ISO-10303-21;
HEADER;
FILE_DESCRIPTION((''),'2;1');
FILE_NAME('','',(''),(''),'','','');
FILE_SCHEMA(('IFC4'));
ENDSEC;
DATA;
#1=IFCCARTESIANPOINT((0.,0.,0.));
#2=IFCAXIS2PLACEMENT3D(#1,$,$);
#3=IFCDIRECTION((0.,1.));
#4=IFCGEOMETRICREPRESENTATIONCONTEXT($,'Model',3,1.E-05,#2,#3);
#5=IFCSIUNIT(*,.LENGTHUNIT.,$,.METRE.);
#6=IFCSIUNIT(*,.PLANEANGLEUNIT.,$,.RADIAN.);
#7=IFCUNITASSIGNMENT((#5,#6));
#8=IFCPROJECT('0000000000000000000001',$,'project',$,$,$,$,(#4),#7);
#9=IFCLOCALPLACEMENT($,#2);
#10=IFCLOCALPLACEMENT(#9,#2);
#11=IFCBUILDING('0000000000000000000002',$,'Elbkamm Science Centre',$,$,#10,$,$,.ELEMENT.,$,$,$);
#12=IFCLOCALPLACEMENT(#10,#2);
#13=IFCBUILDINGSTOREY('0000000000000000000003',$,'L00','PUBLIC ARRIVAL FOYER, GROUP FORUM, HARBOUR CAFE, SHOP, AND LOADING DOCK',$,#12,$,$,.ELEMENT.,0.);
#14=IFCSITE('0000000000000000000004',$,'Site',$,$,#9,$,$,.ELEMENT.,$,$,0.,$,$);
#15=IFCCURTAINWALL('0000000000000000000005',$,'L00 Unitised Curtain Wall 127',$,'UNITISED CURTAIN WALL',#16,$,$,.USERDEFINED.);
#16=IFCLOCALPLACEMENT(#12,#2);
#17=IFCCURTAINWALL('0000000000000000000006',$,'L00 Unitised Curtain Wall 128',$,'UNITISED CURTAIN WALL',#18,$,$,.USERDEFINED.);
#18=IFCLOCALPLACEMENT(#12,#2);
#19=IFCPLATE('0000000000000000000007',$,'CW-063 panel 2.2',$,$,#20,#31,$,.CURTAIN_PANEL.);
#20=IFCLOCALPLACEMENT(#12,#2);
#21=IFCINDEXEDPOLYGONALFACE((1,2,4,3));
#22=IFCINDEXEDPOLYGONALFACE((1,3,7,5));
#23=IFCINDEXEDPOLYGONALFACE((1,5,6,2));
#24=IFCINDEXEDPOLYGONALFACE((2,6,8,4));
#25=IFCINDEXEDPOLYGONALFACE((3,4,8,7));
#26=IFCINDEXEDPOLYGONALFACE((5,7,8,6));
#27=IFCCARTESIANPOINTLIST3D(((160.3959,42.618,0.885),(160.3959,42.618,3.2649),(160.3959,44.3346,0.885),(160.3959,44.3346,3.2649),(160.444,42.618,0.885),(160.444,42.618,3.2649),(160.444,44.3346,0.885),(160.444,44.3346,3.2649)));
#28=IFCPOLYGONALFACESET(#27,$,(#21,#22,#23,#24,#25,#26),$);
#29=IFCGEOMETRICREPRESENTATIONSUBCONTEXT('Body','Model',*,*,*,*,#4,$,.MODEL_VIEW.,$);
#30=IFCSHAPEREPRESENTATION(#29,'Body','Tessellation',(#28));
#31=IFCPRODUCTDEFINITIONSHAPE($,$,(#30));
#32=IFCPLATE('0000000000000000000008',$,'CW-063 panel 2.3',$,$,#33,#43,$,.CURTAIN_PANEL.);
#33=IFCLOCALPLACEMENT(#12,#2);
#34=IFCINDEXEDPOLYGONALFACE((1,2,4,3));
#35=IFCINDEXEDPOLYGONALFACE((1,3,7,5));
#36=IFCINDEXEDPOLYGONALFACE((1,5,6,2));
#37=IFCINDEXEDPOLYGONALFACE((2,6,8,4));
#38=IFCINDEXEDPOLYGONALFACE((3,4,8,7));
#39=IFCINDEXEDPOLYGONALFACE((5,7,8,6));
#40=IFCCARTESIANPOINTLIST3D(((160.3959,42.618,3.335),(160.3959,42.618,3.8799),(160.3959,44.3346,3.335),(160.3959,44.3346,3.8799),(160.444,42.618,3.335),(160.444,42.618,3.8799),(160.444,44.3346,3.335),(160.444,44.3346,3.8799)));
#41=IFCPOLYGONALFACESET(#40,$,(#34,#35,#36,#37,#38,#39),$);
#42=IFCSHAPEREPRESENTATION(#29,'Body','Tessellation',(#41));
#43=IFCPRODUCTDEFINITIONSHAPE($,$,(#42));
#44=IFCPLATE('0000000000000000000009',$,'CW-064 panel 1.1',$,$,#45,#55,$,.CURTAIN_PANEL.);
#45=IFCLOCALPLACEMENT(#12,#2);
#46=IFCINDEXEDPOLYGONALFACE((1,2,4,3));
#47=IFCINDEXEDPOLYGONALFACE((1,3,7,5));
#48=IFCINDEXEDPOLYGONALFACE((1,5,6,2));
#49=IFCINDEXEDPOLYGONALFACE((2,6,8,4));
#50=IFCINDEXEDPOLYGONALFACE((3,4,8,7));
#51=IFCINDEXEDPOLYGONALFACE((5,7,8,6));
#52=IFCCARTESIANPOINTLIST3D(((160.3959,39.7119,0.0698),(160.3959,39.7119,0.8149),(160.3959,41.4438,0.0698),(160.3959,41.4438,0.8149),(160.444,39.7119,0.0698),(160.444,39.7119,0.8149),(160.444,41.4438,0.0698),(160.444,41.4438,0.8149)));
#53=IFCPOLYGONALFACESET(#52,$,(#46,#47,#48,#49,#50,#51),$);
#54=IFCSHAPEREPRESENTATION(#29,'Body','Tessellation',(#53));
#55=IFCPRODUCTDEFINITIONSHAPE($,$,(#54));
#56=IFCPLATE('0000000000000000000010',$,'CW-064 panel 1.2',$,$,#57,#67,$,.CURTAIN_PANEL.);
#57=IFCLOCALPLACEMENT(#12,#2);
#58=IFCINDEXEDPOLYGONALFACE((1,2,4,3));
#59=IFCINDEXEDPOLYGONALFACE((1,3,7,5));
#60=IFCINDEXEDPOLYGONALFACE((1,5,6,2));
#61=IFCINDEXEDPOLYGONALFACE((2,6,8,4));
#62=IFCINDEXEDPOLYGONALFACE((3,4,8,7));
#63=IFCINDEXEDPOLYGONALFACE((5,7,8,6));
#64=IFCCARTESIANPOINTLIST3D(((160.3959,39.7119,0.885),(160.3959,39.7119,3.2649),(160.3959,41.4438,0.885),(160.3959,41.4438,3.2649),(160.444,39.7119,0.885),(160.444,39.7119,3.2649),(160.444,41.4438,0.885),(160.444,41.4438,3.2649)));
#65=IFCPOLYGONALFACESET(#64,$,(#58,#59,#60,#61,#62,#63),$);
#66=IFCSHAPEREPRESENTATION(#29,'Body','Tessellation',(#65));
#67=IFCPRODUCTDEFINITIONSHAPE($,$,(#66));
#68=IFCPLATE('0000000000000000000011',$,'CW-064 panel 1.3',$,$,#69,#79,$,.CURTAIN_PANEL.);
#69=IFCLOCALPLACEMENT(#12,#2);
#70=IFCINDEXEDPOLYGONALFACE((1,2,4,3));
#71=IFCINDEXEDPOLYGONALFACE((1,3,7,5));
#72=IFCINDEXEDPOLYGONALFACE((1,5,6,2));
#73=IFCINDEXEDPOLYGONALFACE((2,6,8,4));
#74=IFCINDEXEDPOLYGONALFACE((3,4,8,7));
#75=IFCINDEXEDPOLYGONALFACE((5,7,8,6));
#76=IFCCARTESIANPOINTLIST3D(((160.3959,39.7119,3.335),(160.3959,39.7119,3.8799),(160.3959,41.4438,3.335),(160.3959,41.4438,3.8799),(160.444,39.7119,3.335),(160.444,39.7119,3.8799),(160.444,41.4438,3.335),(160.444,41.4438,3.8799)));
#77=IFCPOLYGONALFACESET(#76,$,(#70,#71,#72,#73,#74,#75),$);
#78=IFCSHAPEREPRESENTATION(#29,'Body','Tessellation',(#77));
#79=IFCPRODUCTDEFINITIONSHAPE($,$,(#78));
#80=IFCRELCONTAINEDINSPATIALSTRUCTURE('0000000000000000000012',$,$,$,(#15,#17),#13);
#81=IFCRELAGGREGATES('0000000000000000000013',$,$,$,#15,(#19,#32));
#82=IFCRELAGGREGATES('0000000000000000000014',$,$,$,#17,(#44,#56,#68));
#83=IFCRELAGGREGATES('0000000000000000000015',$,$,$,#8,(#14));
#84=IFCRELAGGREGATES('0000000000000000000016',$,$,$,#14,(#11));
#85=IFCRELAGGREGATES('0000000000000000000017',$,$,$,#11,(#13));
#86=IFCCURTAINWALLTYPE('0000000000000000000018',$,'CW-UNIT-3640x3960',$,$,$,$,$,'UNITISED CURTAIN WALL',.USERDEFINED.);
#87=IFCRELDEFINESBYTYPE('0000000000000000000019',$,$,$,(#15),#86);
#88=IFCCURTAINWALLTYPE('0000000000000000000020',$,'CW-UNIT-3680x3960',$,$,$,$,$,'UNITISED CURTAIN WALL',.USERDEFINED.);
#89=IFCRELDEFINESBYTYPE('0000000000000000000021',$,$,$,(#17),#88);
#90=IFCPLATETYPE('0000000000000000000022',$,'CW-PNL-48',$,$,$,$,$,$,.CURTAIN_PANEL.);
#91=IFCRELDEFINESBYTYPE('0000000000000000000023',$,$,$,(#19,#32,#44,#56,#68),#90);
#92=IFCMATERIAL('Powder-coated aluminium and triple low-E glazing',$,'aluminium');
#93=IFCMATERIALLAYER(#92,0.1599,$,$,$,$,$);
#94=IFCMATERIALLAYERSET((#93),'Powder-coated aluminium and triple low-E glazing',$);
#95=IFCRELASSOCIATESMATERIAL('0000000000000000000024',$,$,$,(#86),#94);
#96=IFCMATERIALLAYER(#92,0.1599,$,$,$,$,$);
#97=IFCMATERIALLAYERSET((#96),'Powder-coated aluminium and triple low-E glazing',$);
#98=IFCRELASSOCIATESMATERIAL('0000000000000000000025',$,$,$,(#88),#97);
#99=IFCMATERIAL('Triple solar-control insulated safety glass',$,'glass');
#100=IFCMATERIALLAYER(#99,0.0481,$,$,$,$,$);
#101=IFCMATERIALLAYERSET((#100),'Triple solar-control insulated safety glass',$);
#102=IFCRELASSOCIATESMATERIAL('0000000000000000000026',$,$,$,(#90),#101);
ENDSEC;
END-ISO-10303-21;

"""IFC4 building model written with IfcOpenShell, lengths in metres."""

from ifc_helpers import new_model, si_unit, direction, frame, origin, origin_2d, place, context, subcontext, project, spatial, rectangle, extrude, material, layer, layer_set, type_object, element, aggregate, save


model = new_model("IFC4")

# Units and contexts
model_context = context("Model", 3, precision=1e-05, world=origin(), true_north=direction((0.0, 1.0)))
body_context = subcontext(model_context, "Body", "Model", "MODEL_VIEW")
ifc_project = project(units=[si_unit("LENGTHUNIT", "METRE"), si_unit("PLANEANGLEUNIT", "RADIAN")], contexts=[model_context])

# Site, building, storey
site_placement = place(None, origin())
site = spatial("IfcSite", under=ifc_project, at=site_placement, Name="Site", CompositionType="ELEMENT", RefElevation=0.0)
building_placement = place(site_placement, origin())
building = spatial("IfcBuilding", under=site, at=building_placement, Name="Elbkamm Science Centre", CompositionType="ELEMENT")
storey_placement = place(building_placement, origin())
storey = spatial("IfcBuildingStorey", under=building, at=storey_placement, Name="L00", Description="PUBLIC ARRIVAL FOYER, GROUP FORUM, HARBOUR CAFE, SHOP, AND LOADING DOCK", CompositionType="ELEMENT", Elevation=0.0)

# Curtain walls
ifc_material_1 = material(Name="Powder-coated aluminium and triple low-E glazing", Category="aluminium")
ifc_layer_1 = layer(ifc_material_1, 0.1599)
ifc_layer_set_1 = layer_set([ifc_layer_1], Name="Powder-coated aluminium and triple low-E glazing")
curtain_wall_type_1 = type_object("IfcCurtainWallType", Name="CW-UNIT-3640x3960", ElementType="UNITISED CURTAIN WALL", PredefinedType="USERDEFINED", material=ifc_layer_set_1)
curtain_wall_1_placement = place(storey_placement, origin())
curtain_wall_1 = element("IfcCurtainWall", 1, at=curtain_wall_1_placement, inside=storey, type_object=curtain_wall_type_1, Name="L00 Unitised Curtain Wall 127", ObjectType="UNITISED CURTAIN WALL", PredefinedType="USERDEFINED")
ifc_layer_2 = layer(ifc_material_1, 0.1599)
ifc_layer_set_2 = layer_set([ifc_layer_2], Name="Powder-coated aluminium and triple low-E glazing")
curtain_wall_type_2 = type_object("IfcCurtainWallType", Name="CW-UNIT-3680x3960", ElementType="UNITISED CURTAIN WALL", PredefinedType="USERDEFINED", material=ifc_layer_set_2)
curtain_wall_2_placement = place(storey_placement, origin())
curtain_wall_2 = element("IfcCurtainWall", 2, at=curtain_wall_2_placement, inside=storey, type_object=curtain_wall_type_2, Name="L00 Unitised Curtain Wall 128", ObjectType="UNITISED CURTAIN WALL", PredefinedType="USERDEFINED")

# Plates
ifc_material_2 = material(Name="Triple solar-control insulated safety glass", Category="glass")
ifc_layer_3 = layer(ifc_material_2, 0.0481)
ifc_layer_set_3 = layer_set([ifc_layer_3], Name="Triple solar-control insulated safety glass")
plate_type = type_object("IfcPlateType", Name="CW-PNL-48", PredefinedType="CURTAIN_PANEL", material=ifc_layer_set_3)
plate_1_placement = place(storey_placement, frame((160.4199, 43.4763, 0.885), z_axis=(0.0, 0.0, 1.0), x_axis=(0.0, -1.0, 0.0)))
plate_1 = element("IfcPlate", 3, at=plate_1_placement, type_object=plate_type, Name="CW-063 panel 2.2", PredefinedType="CURTAIN_PANEL", context=body_context, shape_type="SweptSolid", body=[
    extrude(rectangle(XDim=1.7166, YDim=0.0481, at=origin_2d()), origin(), (0.0, 0.0, 1.0), 2.3799),
])
plate_2_placement = place(storey_placement, frame((160.4199, 43.4763, 3.335), z_axis=(0.0, 0.0, 1.0), x_axis=(0.0, -1.0, 0.0)))
plate_2 = element("IfcPlate", 4, at=plate_2_placement, type_object=plate_type, Name="CW-063 panel 2.3", PredefinedType="CURTAIN_PANEL", context=body_context, shape_type="SweptSolid", body=[
    extrude(rectangle(XDim=1.7166, YDim=0.0481, at=origin_2d()), origin(), (0.0, 0.0, 1.0), 0.5449),
])
aggregate(curtain_wall_1, [plate_1, plate_2])
plate_3_placement = place(storey_placement, frame((160.4199, 40.5779, 0.0698), z_axis=(0.0, 0.0, 1.0), x_axis=(0.0, -1.0, 0.0)))
plate_3 = element("IfcPlate", 5, at=plate_3_placement, type_object=plate_type, Name="CW-064 panel 1.1", PredefinedType="CURTAIN_PANEL", context=body_context, shape_type="SweptSolid", body=[
    extrude(rectangle(XDim=1.7319, YDim=0.0481, at=origin_2d()), origin(), (0.0, 0.0, 1.0), 0.7451),
])
plate_4_placement = place(storey_placement, frame((160.4199, 40.5779, 0.885), z_axis=(0.0, 0.0, 1.0), x_axis=(0.0, -1.0, 0.0)))
plate_4 = element("IfcPlate", 6, at=plate_4_placement, type_object=plate_type, Name="CW-064 panel 1.2", PredefinedType="CURTAIN_PANEL", context=body_context, shape_type="SweptSolid", body=[
    extrude(rectangle(XDim=1.7319, YDim=0.0481, at=origin_2d()), origin(), (0.0, 0.0, 1.0), 2.3799),
])
plate_5_placement = place(storey_placement, frame((160.4199, 40.5779, 3.335), z_axis=(0.0, 0.0, 1.0), x_axis=(0.0, -1.0, 0.0)))
plate_5 = element("IfcPlate", 7, at=plate_5_placement, type_object=plate_type, Name="CW-064 panel 1.3", PredefinedType="CURTAIN_PANEL", context=body_context, shape_type="SweptSolid", body=[
    extrude(rectangle(XDim=1.7319, YDim=0.0481, at=origin_2d()), origin(), (0.0, 0.0, 1.0), 0.5449),
])
aggregate(curtain_wall_2, [plate_3, plate_4, plate_5])

save(model, "model.ifc")
